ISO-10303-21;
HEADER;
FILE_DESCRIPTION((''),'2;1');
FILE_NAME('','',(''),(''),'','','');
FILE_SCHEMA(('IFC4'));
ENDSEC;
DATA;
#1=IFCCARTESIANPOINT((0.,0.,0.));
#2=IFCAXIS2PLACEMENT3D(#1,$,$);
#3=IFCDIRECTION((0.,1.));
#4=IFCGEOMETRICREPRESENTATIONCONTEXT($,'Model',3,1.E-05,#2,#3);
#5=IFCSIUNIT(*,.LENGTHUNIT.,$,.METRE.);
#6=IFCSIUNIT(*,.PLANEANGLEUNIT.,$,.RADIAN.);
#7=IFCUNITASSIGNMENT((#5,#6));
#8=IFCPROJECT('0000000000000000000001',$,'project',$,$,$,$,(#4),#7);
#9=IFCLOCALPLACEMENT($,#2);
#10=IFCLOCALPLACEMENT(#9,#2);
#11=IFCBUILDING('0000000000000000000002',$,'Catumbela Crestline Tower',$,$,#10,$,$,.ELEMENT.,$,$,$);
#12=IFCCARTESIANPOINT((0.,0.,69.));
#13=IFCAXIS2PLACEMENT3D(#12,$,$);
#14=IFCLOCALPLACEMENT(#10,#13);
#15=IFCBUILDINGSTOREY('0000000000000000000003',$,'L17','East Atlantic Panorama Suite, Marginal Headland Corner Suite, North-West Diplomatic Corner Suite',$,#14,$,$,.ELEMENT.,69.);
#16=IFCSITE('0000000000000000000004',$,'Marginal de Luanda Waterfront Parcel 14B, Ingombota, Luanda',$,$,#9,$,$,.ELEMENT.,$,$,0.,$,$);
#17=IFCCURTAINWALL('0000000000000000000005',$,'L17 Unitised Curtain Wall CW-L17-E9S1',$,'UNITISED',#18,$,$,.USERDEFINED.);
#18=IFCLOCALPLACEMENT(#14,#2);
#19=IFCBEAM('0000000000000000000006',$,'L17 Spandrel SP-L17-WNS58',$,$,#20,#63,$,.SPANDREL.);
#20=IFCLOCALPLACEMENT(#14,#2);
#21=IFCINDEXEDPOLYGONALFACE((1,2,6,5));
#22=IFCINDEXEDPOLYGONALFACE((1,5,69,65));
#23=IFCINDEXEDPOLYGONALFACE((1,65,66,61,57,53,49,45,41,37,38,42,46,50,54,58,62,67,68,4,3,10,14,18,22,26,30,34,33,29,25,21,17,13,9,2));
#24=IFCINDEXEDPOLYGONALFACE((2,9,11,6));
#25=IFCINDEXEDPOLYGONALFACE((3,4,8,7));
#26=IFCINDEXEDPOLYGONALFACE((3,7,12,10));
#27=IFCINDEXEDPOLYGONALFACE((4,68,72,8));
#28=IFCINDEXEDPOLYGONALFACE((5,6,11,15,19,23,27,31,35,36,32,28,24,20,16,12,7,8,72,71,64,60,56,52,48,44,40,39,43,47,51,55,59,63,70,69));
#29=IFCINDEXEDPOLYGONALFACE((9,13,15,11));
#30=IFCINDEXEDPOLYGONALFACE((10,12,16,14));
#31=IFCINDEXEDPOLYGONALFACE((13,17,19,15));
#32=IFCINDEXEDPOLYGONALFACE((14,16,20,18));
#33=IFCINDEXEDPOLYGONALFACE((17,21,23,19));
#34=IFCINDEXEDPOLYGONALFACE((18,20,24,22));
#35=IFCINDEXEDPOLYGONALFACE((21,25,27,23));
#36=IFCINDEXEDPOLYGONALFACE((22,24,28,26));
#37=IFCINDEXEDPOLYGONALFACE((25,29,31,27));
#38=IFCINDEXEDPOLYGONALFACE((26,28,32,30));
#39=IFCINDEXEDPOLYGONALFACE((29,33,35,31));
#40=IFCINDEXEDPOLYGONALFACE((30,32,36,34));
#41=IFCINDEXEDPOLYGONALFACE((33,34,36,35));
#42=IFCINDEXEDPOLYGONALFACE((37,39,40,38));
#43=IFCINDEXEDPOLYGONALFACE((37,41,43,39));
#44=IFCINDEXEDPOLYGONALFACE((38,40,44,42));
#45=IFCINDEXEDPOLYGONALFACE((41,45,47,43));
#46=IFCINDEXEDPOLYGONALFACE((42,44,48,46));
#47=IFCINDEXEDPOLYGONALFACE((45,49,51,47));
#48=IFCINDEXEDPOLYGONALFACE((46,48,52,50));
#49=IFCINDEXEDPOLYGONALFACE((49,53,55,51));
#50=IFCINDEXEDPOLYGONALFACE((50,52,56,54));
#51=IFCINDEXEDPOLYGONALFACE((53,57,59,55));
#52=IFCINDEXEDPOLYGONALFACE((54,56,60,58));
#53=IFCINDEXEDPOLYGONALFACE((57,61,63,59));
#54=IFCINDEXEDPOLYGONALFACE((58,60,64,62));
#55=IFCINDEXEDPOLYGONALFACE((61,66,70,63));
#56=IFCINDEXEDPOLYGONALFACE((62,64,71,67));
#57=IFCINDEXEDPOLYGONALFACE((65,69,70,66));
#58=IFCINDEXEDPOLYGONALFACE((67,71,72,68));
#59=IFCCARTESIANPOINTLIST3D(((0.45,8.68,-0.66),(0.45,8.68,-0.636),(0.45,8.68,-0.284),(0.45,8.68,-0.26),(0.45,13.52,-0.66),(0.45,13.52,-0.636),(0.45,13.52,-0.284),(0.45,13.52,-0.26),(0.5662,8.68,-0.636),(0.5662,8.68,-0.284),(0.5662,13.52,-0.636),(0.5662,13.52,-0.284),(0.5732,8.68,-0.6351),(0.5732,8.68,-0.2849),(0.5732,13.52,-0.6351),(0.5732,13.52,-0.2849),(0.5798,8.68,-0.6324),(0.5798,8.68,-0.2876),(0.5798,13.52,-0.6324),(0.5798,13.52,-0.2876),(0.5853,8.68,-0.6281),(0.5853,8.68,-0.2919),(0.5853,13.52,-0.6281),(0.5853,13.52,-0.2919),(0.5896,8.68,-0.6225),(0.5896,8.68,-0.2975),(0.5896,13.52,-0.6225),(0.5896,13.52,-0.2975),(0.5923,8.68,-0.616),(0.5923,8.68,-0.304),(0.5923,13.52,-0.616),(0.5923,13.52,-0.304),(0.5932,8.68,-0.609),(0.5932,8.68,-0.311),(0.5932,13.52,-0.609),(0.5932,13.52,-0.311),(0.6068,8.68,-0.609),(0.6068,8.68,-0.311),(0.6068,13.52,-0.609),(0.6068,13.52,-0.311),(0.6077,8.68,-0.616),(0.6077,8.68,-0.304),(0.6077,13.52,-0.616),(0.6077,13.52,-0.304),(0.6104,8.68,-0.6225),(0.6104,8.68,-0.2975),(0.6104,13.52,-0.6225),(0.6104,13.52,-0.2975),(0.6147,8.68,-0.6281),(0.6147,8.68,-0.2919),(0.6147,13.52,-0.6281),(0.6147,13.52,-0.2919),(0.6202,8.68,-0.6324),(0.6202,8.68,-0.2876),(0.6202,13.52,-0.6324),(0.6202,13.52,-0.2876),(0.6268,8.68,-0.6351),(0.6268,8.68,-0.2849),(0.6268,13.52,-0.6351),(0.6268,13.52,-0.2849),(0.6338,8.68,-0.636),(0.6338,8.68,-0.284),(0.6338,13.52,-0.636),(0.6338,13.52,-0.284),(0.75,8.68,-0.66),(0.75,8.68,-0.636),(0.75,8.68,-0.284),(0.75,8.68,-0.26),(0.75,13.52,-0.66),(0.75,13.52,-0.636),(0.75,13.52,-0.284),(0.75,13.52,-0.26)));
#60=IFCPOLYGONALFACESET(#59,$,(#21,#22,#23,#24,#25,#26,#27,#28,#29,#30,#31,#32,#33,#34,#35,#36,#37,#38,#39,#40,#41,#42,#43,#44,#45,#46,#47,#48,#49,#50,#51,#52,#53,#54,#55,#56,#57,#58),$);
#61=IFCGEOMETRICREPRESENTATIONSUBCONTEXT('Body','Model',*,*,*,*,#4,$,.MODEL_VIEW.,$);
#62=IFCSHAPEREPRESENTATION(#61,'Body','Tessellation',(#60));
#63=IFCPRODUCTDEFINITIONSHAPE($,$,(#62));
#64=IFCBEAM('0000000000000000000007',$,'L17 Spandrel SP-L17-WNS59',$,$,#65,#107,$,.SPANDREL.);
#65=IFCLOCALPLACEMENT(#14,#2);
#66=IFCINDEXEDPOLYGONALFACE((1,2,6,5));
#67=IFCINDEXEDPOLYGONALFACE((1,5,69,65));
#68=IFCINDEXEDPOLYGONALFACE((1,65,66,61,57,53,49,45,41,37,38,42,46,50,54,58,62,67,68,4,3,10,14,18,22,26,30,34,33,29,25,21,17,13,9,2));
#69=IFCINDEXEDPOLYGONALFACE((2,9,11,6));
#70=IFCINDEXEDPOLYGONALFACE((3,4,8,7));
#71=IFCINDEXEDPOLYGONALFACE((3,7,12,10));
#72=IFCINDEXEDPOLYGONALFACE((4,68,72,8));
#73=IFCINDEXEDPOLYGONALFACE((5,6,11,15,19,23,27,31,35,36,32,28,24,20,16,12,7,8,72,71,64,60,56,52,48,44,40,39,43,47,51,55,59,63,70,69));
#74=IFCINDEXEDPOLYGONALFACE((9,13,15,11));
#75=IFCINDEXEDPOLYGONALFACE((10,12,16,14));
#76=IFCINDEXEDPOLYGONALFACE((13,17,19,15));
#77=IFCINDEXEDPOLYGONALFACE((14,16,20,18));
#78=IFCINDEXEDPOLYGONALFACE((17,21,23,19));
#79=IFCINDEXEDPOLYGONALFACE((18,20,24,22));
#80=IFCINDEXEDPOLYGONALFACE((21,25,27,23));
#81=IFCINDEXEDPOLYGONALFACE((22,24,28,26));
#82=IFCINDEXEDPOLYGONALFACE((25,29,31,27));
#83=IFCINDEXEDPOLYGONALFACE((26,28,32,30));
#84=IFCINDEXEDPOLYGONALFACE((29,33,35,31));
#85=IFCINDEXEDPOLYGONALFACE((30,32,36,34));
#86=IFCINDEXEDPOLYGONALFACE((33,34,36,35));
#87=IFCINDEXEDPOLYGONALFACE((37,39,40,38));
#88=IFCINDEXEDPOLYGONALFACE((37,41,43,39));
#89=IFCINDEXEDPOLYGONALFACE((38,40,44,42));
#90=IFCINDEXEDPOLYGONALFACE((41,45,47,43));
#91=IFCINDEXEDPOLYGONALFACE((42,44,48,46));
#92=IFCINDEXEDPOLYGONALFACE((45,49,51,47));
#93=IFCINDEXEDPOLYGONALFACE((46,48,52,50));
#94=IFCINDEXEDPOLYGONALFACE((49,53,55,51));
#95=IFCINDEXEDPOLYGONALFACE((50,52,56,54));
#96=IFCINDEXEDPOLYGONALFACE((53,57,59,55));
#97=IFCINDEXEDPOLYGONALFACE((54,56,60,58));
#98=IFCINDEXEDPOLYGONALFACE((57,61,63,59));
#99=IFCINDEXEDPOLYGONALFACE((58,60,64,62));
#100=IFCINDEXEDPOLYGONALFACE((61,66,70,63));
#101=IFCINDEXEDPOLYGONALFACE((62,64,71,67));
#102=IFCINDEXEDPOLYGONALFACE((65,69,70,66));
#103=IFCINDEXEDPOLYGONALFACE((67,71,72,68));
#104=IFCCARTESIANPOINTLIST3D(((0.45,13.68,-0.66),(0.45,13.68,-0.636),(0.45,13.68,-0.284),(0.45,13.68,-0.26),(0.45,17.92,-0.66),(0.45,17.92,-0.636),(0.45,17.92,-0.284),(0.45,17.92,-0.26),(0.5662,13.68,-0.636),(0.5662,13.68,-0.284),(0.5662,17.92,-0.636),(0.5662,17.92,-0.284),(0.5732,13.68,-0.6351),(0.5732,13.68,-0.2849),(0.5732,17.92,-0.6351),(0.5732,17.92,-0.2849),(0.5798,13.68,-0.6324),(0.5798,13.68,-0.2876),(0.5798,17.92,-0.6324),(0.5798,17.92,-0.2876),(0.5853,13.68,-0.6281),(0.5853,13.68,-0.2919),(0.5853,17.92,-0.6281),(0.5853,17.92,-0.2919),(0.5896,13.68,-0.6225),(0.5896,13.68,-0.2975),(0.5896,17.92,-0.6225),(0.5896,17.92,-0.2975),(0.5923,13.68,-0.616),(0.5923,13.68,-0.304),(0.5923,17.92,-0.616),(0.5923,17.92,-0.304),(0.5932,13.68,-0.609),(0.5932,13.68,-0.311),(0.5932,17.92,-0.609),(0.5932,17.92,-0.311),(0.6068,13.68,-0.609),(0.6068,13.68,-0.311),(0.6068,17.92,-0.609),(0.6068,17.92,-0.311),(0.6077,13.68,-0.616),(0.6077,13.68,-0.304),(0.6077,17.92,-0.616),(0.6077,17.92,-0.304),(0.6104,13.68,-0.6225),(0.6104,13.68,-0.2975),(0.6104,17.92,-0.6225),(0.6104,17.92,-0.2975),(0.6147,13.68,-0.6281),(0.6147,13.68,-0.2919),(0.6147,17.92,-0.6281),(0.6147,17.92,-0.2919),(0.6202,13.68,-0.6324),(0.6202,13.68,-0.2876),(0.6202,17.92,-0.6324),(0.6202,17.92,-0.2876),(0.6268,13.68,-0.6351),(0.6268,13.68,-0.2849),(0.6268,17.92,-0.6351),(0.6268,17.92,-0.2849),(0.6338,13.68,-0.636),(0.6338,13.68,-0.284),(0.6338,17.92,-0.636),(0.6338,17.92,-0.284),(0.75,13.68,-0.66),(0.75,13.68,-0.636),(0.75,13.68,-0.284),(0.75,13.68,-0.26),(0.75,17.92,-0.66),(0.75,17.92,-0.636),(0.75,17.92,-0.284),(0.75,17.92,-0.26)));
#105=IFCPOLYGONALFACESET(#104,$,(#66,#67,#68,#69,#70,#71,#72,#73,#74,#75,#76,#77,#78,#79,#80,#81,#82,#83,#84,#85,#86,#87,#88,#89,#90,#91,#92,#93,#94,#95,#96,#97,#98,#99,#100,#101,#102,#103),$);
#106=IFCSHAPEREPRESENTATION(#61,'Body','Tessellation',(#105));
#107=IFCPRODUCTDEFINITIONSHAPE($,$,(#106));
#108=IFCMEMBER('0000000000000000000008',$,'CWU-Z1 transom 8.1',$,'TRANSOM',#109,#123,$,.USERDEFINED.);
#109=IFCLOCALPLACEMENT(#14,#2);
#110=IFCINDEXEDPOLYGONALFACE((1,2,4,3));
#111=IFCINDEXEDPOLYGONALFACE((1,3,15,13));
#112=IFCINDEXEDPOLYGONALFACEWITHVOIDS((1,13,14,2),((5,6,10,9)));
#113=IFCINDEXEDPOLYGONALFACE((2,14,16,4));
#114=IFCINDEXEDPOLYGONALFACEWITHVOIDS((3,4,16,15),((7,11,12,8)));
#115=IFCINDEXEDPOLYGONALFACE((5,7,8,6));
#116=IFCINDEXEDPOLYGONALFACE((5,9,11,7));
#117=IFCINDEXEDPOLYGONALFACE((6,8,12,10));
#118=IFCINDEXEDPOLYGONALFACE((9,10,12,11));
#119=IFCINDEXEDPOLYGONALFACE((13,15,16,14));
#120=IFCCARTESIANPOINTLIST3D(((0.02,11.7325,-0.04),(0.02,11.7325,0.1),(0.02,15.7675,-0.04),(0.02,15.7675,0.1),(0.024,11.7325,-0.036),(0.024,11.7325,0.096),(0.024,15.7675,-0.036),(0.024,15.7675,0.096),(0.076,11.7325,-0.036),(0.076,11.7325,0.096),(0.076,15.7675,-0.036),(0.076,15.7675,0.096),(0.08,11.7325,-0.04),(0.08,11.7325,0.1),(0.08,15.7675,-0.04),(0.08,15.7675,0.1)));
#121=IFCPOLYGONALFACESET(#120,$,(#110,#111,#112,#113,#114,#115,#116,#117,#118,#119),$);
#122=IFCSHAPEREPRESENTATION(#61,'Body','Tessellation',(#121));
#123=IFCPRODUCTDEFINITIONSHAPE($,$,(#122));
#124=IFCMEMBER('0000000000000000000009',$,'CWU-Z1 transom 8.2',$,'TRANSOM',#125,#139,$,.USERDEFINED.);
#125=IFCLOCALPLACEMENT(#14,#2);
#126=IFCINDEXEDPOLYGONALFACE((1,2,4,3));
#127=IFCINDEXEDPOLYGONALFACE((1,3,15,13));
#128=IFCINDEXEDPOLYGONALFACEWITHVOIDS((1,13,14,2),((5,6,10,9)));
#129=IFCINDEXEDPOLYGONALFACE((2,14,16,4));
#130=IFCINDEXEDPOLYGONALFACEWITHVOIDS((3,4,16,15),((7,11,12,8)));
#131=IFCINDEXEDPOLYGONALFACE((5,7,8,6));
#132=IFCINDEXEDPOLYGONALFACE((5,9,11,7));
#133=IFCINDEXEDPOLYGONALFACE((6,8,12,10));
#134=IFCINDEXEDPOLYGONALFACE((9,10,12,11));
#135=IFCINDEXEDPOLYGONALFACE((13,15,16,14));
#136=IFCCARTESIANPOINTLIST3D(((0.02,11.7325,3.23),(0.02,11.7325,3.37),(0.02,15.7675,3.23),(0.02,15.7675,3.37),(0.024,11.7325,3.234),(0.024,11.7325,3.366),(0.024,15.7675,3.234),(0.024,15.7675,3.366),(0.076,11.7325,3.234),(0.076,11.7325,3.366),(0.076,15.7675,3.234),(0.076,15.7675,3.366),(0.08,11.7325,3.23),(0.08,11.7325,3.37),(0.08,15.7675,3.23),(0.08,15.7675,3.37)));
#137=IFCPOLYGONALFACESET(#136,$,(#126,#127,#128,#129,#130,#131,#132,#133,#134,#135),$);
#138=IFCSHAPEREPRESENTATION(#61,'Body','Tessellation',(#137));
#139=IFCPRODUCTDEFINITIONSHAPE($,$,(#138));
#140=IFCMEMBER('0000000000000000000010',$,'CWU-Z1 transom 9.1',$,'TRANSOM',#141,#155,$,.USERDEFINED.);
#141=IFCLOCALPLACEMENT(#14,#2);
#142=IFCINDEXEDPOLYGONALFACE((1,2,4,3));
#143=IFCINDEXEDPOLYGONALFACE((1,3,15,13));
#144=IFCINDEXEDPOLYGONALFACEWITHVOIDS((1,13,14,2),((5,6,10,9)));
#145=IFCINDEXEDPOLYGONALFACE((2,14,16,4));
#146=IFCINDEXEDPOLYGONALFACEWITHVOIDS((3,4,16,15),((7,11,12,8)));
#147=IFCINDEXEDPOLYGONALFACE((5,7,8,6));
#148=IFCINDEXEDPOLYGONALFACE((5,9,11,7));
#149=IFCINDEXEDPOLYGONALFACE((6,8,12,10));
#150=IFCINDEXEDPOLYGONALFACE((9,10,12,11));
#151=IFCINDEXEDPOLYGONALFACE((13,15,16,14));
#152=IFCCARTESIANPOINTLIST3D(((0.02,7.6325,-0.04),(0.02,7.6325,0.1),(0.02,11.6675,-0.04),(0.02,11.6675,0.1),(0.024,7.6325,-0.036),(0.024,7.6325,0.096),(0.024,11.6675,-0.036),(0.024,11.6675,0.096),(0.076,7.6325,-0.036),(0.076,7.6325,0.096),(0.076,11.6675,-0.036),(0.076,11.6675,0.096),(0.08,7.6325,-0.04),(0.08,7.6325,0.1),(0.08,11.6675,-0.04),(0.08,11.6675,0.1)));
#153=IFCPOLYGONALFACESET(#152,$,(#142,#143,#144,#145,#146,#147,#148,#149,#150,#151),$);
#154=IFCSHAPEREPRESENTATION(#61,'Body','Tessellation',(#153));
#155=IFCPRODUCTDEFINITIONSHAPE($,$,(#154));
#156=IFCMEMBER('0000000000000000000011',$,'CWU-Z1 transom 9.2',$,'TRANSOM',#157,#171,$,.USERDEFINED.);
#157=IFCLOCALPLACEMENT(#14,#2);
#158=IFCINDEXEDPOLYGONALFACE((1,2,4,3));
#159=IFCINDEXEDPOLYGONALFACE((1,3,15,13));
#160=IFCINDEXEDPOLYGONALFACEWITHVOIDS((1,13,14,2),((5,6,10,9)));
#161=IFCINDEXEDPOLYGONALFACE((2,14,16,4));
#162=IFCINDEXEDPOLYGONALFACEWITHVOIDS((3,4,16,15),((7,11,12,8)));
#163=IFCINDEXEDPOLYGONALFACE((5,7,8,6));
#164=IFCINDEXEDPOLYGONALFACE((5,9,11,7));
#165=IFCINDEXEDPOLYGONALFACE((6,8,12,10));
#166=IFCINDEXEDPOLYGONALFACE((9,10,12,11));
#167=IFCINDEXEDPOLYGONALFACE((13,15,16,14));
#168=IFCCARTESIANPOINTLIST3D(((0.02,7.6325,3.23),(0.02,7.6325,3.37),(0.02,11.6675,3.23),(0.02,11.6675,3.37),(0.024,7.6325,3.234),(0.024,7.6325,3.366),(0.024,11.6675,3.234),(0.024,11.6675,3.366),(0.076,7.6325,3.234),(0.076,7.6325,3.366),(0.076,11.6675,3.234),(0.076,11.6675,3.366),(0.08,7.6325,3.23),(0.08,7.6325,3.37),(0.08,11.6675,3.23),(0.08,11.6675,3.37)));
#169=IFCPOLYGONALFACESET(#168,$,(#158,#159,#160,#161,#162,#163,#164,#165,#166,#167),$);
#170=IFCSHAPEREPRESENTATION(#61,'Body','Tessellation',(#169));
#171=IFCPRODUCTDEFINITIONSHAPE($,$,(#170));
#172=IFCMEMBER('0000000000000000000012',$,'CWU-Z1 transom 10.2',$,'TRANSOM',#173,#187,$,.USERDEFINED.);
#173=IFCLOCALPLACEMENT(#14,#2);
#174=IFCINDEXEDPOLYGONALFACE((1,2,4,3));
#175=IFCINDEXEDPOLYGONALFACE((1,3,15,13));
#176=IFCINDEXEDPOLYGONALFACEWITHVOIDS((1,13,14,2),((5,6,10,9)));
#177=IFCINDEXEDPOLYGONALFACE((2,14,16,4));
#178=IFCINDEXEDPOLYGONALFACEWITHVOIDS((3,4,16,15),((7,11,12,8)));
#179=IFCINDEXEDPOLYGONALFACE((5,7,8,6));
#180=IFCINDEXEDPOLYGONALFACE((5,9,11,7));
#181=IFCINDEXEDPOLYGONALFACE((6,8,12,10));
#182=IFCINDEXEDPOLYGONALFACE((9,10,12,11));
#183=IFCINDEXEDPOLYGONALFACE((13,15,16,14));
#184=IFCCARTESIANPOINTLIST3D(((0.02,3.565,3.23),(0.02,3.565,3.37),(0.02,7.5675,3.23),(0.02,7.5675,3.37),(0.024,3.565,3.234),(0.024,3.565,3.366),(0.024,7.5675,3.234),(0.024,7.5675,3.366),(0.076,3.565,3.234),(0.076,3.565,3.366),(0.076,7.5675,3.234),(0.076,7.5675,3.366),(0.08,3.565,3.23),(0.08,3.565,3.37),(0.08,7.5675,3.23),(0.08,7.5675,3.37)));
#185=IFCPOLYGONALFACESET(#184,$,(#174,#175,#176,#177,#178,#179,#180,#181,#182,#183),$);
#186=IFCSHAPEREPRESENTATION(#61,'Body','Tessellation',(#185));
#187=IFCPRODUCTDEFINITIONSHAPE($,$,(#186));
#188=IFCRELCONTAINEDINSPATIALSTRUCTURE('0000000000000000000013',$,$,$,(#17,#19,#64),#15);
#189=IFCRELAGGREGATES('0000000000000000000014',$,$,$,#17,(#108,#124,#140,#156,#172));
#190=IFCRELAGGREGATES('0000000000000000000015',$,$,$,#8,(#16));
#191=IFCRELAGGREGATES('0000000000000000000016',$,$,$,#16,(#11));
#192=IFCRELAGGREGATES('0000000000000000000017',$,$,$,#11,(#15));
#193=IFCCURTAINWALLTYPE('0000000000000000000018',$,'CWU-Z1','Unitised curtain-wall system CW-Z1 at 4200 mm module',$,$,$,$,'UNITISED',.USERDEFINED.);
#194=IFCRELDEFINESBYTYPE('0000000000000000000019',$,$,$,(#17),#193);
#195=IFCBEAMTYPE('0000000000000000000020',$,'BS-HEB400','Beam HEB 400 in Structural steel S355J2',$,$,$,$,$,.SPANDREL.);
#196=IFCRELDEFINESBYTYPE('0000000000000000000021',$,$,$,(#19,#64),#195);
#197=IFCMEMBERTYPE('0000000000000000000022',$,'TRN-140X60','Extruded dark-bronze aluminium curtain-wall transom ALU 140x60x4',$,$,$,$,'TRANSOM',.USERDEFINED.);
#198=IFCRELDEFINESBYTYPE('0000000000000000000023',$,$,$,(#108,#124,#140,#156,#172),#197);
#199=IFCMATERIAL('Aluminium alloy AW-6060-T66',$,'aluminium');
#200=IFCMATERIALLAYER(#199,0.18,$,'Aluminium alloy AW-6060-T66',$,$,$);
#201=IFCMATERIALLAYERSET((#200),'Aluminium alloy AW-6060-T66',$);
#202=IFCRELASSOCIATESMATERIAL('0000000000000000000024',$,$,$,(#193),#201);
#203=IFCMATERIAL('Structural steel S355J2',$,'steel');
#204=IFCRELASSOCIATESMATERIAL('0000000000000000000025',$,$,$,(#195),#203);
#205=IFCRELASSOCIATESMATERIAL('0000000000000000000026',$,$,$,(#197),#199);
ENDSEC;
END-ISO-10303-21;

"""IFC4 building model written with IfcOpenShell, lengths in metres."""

from ifc_helpers import new_model, si_unit, direction, frame, origin, origin_2d, place, context, subcontext, project, spatial, hollow_rectangle, i_section, extrude, material, layer, layer_set, material_profile, profile_set, type_object, element, aggregate, save


model = new_model("IFC4")

# Units and contexts
model_context = context("Model", 3, precision=1e-05, world=origin(), true_north=direction((0.0, 1.0)))
body_context = subcontext(model_context, "Body", "Model", "MODEL_VIEW")
ifc_project = project(units=[si_unit("LENGTHUNIT", "METRE"), si_unit("PLANEANGLEUNIT", "RADIAN")], contexts=[model_context])

# Site, building, storey
site_placement = place(None, origin())
site = spatial("IfcSite", under=ifc_project, at=site_placement, Name="Marginal de Luanda Waterfront Parcel 14B, Ingombota, Luanda", CompositionType="ELEMENT", RefElevation=0.0)
building_placement = place(site_placement, origin())
building = spatial("IfcBuilding", under=site, at=building_placement, Name="Catumbela Crestline Tower", CompositionType="ELEMENT")
storey_placement = place(building_placement, frame((0.0, 0.0, 69.0)))
storey = spatial("IfcBuildingStorey", under=building, at=storey_placement, Name="L17", Description="East Atlantic Panorama Suite, Marginal Headland Corner Suite, North-West Diplomatic Corner Suite", CompositionType="ELEMENT", Elevation=69.0)

# Shared definitions
ifc_material_1 = material(Name="Structural steel S355J2", Category="steel")

# Curtain wall
ifc_material_2 = material(Name="Aluminium alloy AW-6060-T66", Category="aluminium")
ifc_layer_1 = layer(ifc_material_2, 0.18, Name="Aluminium alloy AW-6060-T66")
ifc_layer_set_1 = layer_set([ifc_layer_1], Name="Aluminium alloy AW-6060-T66")
curtain_wall_type = type_object("IfcCurtainWallType", Name="CWU-Z1", Description="Unitised curtain-wall system CW-Z1 at 4200 mm module", ElementType="UNITISED", PredefinedType="USERDEFINED", material=ifc_layer_set_1)
curtain_wall_placement = place(storey_placement, origin())
curtain_wall = element("IfcCurtainWall", 1, at=curtain_wall_placement, inside=storey, type_object=curtain_wall_type, Name="L17 Unitised Curtain Wall CW-L17-E9S1", ObjectType="UNITISED", PredefinedType="USERDEFINED")

# Beams
ifc_material_profile_1 = material_profile(ifc_material_1, i_section(OverallWidth=0.3, OverallDepth=0.4, WebThickness=0.0135, FlangeThickness=0.024, FilletRadius=0.027, at=origin_2d()), Name="HEB 400")
ifc_profile_set_1 = profile_set([ifc_material_profile_1], Name="Structural steel S355J2")
beam_type_1 = type_object("IfcBeamType", Name="BS-HEB400", Description="Beam HEB 400 in Structural steel S355J2", PredefinedType="SPANDREL", material=ifc_profile_set_1)
beam_1_placement = place(storey_placement, frame((0.6, 8.68, -0.46), z_axis=(0.0, 1.0, 0.0), x_axis=(-1.0, 0.0, 0.0)))
element("IfcBeam", 2, at=beam_1_placement, inside=storey, type_object=beam_type_1, Name="L17 Spandrel SP-L17-WNS58", PredefinedType="SPANDREL", context=body_context, shape_type="SweptSolid", body=[
    extrude(i_section(OverallWidth=0.3, OverallDepth=0.4, WebThickness=0.0135, FlangeThickness=0.024, FilletRadius=0.027, at=origin_2d()), origin(), (0.0, 0.0, 1.0), 4.84),
])
beam_2_placement = place(storey_placement, frame((0.6, 13.68, -0.46), z_axis=(0.0, 1.0, 0.0), x_axis=(-1.0, 0.0, 0.0)))
element("IfcBeam", 3, at=beam_2_placement, inside=storey, type_object=beam_type_1, Name="L17 Spandrel SP-L17-WNS59", PredefinedType="SPANDREL", context=body_context, shape_type="SweptSolid", body=[
    extrude(i_section(OverallWidth=0.3, OverallDepth=0.4, WebThickness=0.0135, FlangeThickness=0.024, FilletRadius=0.027, at=origin_2d()), origin(), (0.0, 0.0, 1.0), 4.24),
])

# Members
ifc_material_profile_2 = material_profile(ifc_material_2, hollow_rectangle(XDim=0.06, YDim=0.14, WallThickness=0.004, at=origin_2d()), Name="ALU 140x60x4")
ifc_profile_set_2 = profile_set([ifc_material_profile_2], Name="Aluminium alloy AW-6060-T66")
member_type_1 = type_object("IfcMemberType", Name="TRN-140X60", Description="Extruded dark-bronze aluminium curtain-wall transom ALU 140x60x4", ElementType="TRANSOM", PredefinedType="USERDEFINED", material=ifc_profile_set_2)
member_1_placement = place(storey_placement, frame((0.05, 15.7675, 0.03), z_axis=(0.0, -1.0, 0.0), x_axis=(1.0, 0.0, 0.0)))
member_1 = element("IfcMember", 4, at=member_1_placement, type_object=member_type_1, Name="CWU-Z1 transom 8.1", ObjectType="TRANSOM", PredefinedType="USERDEFINED", context=body_context, shape_type="SweptSolid", body=[
    extrude(hollow_rectangle(XDim=0.06, YDim=0.14, WallThickness=0.004, at=origin_2d()), origin(), (0.0, 0.0, 1.0), 4.035),
])
member_2_placement = place(storey_placement, frame((0.05, 15.7675, 3.3), z_axis=(0.0, -1.0, 0.0), x_axis=(1.0, 0.0, 0.0)))
member_2 = element("IfcMember", 5, at=member_2_placement, type_object=member_type_1, Name="CWU-Z1 transom 8.2", ObjectType="TRANSOM", PredefinedType="USERDEFINED", context=body_context, shape_type="SweptSolid", body=[
    extrude(hollow_rectangle(XDim=0.06, YDim=0.14, WallThickness=0.004, at=origin_2d()), origin(), (0.0, 0.0, 1.0), 4.035),
])
member_3_placement = place(storey_placement, frame((0.05, 11.6675, 0.03), z_axis=(0.0, -1.0, 0.0), x_axis=(1.0, 0.0, 0.0)))
member_3 = element("IfcMember", 6, at=member_3_placement, type_object=member_type_1, Name="CWU-Z1 transom 9.1", ObjectType="TRANSOM", PredefinedType="USERDEFINED", context=body_context, shape_type="SweptSolid", body=[
    extrude(hollow_rectangle(XDim=0.06, YDim=0.14, WallThickness=0.004, at=origin_2d()), origin(), (0.0, 0.0, 1.0), 4.035),
])
member_4_placement = place(storey_placement, frame((0.05, 11.6675, 3.3), z_axis=(0.0, -1.0, 0.0), x_axis=(1.0, 0.0, 0.0)))
member_4 = element("IfcMember", 7, at=member_4_placement, type_object=member_type_1, Name="CWU-Z1 transom 9.2", ObjectType="TRANSOM", PredefinedType="USERDEFINED", context=body_context, shape_type="SweptSolid", body=[
    extrude(hollow_rectangle(XDim=0.06, YDim=0.14, WallThickness=0.004, at=origin_2d()), origin(), (0.0, 0.0, 1.0), 4.035),
])
member_5_placement = place(storey_placement, frame((0.05, 7.5675, 3.3), z_axis=(0.0, -1.0, 0.0), x_axis=(1.0, 0.0, 0.0)))
member_5 = element("IfcMember", 8, at=member_5_placement, type_object=member_type_1, Name="CWU-Z1 transom 10.2", ObjectType="TRANSOM", PredefinedType="USERDEFINED", context=body_context, shape_type="SweptSolid", body=[
    extrude(hollow_rectangle(XDim=0.06, YDim=0.14, WallThickness=0.004, at=origin_2d()), origin(), (0.0, 0.0, 1.0), 4.0025),
])

aggregate(curtain_wall, [member_1, member_2, member_3, member_4, member_5])

save(model, "model.ifc")
